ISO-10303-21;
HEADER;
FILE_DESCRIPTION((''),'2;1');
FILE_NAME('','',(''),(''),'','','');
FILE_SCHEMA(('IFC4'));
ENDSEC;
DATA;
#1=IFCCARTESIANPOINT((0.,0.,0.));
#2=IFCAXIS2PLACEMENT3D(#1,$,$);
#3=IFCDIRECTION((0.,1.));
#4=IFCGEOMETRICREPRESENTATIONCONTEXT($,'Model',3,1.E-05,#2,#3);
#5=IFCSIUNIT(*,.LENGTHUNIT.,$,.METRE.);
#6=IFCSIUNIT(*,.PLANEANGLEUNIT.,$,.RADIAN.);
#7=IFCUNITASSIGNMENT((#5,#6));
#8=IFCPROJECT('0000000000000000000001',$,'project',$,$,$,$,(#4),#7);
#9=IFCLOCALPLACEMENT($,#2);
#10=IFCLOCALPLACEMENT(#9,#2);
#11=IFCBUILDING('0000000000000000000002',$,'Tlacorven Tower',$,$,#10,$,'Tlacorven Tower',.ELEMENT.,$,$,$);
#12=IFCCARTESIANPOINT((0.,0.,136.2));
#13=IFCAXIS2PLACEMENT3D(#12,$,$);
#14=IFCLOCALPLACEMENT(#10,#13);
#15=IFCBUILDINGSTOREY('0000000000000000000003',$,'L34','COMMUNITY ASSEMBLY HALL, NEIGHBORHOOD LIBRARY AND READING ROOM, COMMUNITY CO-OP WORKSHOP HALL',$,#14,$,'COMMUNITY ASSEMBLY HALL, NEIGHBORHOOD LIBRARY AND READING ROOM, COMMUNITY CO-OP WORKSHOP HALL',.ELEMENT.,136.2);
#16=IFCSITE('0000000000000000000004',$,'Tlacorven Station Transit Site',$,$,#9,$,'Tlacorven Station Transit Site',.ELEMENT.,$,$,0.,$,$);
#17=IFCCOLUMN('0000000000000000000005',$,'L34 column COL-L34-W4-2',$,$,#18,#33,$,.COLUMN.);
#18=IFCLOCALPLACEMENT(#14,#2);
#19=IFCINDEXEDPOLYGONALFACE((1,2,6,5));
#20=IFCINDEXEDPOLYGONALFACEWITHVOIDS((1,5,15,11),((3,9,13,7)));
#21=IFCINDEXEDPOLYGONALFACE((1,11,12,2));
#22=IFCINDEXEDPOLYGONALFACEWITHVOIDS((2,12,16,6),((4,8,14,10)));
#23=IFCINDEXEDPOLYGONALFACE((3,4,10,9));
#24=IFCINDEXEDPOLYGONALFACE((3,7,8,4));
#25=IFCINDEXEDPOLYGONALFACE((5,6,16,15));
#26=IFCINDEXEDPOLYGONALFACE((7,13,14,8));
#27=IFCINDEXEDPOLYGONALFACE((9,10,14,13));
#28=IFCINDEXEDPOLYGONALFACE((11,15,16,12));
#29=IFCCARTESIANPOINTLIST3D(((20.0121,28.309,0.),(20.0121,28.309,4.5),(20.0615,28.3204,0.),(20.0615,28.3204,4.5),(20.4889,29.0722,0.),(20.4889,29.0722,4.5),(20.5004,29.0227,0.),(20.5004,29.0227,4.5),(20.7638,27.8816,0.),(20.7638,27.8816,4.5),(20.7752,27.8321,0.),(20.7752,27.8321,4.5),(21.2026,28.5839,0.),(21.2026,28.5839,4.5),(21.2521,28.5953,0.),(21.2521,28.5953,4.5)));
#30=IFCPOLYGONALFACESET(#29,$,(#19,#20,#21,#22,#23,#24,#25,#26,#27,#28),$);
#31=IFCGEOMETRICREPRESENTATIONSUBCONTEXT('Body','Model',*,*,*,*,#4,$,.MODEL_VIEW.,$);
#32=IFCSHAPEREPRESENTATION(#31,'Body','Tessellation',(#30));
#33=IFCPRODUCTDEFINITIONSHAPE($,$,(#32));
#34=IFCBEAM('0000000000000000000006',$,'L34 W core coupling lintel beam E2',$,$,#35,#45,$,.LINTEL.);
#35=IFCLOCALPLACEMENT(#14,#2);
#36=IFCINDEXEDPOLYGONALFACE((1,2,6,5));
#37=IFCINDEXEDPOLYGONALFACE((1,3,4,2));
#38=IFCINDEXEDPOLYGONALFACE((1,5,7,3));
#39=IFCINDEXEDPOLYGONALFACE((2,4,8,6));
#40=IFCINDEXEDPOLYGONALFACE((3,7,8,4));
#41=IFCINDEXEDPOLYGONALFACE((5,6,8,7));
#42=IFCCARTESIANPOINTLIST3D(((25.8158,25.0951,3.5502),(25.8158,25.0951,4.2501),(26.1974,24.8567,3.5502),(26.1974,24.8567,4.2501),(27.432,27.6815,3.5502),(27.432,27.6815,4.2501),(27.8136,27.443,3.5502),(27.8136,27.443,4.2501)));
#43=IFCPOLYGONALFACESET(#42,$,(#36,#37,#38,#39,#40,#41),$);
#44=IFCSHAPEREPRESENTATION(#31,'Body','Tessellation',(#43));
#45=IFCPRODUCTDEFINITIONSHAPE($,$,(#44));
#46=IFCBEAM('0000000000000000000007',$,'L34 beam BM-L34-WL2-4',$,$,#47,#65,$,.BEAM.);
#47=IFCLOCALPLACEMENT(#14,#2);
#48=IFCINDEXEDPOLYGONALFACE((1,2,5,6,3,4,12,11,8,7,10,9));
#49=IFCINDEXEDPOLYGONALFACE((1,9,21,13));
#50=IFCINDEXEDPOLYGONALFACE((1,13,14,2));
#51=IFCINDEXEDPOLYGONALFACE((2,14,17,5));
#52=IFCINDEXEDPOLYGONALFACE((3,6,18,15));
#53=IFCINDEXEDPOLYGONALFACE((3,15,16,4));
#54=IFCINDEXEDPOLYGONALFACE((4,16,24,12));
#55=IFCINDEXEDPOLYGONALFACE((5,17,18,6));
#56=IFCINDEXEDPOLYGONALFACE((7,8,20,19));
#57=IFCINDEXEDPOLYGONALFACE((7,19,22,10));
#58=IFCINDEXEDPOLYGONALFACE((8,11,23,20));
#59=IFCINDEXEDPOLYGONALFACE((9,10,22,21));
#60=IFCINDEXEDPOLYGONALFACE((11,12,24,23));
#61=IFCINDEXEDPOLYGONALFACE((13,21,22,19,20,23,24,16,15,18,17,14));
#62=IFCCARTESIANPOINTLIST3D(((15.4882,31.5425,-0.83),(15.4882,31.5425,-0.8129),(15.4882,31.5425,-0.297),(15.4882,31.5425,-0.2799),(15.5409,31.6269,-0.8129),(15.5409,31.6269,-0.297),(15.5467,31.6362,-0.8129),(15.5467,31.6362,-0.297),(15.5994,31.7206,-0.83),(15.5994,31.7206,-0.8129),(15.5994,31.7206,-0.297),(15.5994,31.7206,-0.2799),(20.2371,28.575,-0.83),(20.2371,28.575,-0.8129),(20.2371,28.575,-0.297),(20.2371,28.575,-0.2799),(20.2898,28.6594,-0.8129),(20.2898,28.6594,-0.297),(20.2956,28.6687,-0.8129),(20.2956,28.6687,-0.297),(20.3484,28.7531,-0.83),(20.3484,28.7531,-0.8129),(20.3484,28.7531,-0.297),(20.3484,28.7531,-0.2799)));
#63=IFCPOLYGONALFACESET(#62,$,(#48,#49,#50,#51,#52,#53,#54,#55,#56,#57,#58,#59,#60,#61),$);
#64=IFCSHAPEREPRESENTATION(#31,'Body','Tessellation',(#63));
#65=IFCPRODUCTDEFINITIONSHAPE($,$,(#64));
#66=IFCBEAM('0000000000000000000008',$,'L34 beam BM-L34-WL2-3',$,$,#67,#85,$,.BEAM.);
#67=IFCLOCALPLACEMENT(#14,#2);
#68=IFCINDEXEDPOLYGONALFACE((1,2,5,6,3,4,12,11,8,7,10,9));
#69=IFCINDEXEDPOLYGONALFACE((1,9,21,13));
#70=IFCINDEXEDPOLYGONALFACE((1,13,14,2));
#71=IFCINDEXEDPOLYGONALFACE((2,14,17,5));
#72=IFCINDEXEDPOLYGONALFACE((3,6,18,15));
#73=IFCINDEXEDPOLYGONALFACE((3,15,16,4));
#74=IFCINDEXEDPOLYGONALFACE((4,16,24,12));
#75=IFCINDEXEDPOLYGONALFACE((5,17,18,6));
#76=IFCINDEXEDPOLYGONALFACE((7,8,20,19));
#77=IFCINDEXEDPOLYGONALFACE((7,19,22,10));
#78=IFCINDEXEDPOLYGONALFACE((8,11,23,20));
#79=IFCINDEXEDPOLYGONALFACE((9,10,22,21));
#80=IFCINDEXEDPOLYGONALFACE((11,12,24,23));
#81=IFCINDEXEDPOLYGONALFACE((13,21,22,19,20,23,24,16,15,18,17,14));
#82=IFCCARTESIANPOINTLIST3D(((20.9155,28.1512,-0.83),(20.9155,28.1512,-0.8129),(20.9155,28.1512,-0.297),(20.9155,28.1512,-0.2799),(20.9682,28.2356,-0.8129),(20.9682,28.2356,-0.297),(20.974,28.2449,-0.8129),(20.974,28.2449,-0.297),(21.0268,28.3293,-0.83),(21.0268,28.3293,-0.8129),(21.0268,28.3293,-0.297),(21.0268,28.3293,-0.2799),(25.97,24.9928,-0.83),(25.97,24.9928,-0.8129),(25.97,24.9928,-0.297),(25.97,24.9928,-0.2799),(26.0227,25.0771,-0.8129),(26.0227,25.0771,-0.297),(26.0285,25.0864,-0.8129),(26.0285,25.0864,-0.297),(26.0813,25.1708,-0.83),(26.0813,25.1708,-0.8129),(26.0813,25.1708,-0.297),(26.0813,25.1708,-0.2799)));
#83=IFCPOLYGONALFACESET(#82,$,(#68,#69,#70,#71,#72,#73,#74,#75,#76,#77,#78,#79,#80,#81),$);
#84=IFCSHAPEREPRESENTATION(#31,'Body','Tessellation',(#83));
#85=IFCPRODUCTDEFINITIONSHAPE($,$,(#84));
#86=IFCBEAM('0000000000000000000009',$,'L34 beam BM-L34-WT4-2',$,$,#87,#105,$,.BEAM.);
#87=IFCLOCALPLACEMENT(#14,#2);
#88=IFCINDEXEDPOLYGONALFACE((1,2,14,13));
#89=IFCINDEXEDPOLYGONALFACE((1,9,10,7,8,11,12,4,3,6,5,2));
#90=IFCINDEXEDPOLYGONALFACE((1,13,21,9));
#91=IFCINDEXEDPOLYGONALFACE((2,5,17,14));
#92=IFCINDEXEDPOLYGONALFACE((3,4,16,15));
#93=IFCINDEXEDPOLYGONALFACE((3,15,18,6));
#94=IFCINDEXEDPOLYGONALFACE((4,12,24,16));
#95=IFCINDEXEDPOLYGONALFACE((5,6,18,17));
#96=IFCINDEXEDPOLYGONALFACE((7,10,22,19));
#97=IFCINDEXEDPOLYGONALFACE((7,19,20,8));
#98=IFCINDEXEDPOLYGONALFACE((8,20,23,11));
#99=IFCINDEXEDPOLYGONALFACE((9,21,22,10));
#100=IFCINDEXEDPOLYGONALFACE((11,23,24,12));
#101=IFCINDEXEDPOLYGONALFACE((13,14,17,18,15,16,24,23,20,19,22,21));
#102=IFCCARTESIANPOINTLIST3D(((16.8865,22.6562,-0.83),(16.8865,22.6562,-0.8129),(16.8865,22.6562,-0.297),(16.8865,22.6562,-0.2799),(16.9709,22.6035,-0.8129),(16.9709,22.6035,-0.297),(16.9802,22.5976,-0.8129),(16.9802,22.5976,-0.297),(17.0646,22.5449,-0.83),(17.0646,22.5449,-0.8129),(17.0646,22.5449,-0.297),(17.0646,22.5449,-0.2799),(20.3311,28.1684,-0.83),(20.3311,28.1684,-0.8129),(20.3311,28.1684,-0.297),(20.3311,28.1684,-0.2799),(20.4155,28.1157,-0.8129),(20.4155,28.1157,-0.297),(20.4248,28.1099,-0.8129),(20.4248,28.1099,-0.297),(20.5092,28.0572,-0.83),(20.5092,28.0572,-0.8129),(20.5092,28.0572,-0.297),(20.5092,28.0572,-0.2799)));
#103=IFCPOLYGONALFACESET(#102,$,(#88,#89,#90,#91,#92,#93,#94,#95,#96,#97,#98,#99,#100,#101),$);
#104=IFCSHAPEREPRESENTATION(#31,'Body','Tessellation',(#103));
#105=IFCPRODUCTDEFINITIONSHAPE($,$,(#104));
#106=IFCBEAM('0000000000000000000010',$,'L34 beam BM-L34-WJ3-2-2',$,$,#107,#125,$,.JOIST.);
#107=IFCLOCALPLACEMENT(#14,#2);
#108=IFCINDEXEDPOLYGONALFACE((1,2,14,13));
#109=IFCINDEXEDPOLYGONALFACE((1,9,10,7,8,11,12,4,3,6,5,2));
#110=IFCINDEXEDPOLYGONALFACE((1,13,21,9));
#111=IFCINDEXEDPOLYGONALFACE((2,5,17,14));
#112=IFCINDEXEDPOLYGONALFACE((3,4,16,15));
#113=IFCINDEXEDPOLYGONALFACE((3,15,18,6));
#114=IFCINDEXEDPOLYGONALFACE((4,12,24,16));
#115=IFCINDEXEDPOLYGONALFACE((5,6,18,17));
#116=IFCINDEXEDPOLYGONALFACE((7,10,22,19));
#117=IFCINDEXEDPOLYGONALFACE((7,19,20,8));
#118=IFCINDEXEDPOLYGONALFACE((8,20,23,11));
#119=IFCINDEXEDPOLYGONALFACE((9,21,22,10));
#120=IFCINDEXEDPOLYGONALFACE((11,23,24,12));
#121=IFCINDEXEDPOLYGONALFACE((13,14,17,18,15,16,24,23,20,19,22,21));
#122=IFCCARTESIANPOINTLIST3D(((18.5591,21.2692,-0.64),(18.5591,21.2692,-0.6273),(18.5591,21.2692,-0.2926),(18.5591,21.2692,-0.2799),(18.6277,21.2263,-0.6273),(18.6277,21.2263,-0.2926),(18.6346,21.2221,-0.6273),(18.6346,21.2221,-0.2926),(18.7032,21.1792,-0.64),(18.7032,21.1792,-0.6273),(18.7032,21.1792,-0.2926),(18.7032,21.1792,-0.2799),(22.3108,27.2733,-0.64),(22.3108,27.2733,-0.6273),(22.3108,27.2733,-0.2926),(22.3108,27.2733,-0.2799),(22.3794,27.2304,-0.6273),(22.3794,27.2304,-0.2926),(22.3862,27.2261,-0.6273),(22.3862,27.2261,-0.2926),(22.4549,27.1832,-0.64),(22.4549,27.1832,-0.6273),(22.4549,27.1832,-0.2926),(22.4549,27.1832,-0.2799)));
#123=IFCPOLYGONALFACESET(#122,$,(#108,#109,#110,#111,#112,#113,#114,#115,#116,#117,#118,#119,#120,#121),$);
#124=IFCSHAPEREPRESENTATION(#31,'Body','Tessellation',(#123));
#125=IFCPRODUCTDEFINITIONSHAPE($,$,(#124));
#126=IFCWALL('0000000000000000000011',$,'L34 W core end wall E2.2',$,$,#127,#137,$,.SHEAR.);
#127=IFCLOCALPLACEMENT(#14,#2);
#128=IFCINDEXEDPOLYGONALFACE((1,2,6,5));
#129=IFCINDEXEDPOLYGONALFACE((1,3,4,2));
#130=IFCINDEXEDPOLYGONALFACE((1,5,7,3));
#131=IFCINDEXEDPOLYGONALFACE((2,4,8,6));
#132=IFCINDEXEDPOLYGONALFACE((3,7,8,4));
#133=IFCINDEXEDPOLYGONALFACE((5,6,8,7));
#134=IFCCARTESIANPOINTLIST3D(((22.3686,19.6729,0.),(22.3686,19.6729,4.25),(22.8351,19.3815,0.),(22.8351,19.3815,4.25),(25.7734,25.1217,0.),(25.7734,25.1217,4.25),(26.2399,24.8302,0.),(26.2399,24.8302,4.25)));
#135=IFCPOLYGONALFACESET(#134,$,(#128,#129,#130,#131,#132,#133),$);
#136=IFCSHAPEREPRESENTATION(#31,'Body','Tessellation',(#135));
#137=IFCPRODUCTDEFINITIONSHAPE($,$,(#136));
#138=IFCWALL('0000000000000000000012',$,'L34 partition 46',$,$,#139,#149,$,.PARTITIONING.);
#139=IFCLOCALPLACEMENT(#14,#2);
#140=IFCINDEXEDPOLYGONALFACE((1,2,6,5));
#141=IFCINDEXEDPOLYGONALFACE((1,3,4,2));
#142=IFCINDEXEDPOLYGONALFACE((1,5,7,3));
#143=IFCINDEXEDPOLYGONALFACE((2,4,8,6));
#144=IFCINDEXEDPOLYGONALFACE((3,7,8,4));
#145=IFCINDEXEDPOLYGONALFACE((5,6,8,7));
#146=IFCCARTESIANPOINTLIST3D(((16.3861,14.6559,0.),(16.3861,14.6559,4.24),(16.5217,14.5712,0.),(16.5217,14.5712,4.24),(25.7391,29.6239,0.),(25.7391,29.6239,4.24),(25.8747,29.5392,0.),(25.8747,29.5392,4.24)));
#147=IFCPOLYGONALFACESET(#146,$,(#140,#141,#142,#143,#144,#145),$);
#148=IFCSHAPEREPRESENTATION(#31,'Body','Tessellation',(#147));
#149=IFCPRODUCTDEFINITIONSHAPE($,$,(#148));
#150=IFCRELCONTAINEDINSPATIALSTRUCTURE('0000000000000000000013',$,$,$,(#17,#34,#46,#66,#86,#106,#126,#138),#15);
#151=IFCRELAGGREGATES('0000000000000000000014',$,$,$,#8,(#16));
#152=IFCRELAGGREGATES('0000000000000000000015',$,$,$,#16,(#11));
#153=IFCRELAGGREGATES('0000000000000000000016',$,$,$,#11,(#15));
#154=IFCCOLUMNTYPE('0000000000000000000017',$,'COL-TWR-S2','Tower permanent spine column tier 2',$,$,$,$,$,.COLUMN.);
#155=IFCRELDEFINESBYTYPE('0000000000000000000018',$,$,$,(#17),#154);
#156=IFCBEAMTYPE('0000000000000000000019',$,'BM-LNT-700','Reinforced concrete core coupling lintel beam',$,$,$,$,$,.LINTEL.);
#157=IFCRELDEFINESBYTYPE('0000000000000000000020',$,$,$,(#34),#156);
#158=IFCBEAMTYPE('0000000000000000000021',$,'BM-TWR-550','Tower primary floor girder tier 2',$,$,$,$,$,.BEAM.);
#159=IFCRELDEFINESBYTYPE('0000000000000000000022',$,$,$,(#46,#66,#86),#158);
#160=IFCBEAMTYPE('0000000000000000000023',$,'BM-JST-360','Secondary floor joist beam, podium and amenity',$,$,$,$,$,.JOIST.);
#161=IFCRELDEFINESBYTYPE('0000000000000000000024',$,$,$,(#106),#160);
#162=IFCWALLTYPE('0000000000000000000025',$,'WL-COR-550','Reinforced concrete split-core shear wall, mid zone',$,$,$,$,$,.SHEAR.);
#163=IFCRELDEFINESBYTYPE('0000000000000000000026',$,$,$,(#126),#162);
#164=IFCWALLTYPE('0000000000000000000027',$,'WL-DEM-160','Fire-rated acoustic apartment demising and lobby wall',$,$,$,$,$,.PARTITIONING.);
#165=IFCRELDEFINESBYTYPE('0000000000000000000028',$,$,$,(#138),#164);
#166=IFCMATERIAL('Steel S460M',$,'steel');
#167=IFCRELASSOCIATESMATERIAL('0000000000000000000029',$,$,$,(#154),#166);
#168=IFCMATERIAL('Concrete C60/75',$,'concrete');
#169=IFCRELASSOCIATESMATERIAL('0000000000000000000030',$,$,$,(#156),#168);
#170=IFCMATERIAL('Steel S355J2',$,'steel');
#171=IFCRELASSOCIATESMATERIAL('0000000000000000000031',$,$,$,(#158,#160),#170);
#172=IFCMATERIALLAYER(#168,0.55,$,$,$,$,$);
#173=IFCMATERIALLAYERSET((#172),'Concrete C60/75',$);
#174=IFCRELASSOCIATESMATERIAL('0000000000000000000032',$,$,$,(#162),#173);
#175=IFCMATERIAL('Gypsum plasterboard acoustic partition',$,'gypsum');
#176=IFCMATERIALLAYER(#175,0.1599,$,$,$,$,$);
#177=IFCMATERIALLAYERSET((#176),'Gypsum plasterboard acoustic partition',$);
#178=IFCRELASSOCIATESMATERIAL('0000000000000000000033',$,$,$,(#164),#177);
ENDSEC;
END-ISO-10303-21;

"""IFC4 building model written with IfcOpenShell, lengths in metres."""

from ifc_helpers import new_model, si_unit, direction, frame, frame_2d, origin, origin_2d, place, context, subcontext, project, spatial, rectangle, hollow_rectangle, i_section, extrude, source, transform, mapped, material, layer, layer_set, material_profile, profile_set, type_object, element, save


model = new_model("IFC4")

# Units and contexts
model_context = context("Model", 3, precision=1e-05, world=origin(), true_north=direction((0.0, 1.0)))
body_context = subcontext(model_context, "Body", "Model", "MODEL_VIEW")
ifc_project = project(units=[si_unit("LENGTHUNIT", "METRE"), si_unit("PLANEANGLEUNIT", "RADIAN")], contexts=[model_context])

# Site, building, storey
site_placement = place(None, origin())
site = spatial("IfcSite", under=ifc_project, at=site_placement, Name="Tlacorven Station Transit Site", LongName="Tlacorven Station Transit Site", CompositionType="ELEMENT", RefElevation=0.0)
building_placement = place(site_placement, origin())
building = spatial("IfcBuilding", under=site, at=building_placement, Name="Tlacorven Tower", LongName="Tlacorven Tower", CompositionType="ELEMENT")
storey_placement = place(building_placement, frame((0.0, 0.0, 136.2)))
storey = spatial("IfcBuildingStorey", under=building, at=storey_placement, Name="L34", Description="COMMUNITY ASSEMBLY HALL, NEIGHBORHOOD LIBRARY AND READING ROOM, COMMUNITY CO-OP WORKSHOP HALL", LongName="COMMUNITY ASSEMBLY HALL, NEIGHBORHOOD LIBRARY AND READING ROOM, COMMUNITY CO-OP WORKSHOP HALL", CompositionType="ELEMENT", Elevation=136.2)

# Column
ifc_material_1 = material(Name="Steel S460M", Category="steel")
ifc_material_profile_1 = material_profile(ifc_material_1, hollow_rectangle(XDim=0.8999, YDim=0.8999, WallThickness=0.0359, at=origin_2d()), Name="BOX 900X900X36")
ifc_profile_set_1 = profile_set([ifc_material_profile_1], Name="Steel S460M")
column_type = type_object("IfcColumnType", Name="COL-TWR-S2", Description="Tower permanent spine column tier 2", PredefinedType="COLUMN", material=ifc_profile_set_1)
shared_shape_1 = source(origin(), body_context, "Body", "SweptSolid", [
    extrude(hollow_rectangle(XDim=0.8999, YDim=0.8999, WallThickness=0.0359, at=origin_2d()), origin(), (0.0, 0.0, 1.0), 4.5),
])
column_placement = place(storey_placement, frame((20.6321, 28.4521, 0.0), z_axis=(0.0, 0.0, 1.0), x_axis=(-0.848048, 0.529919, 0.0)))
element("IfcColumn", 1, at=column_placement, inside=storey, type_object=column_type, Name="L34 column COL-L34-W4-2", PredefinedType="COLUMN", context=body_context, shape_type="MappedRepresentation", body=[
    mapped(shared_shape_1, transform((0.0, 0.0, 0.0), scale=1.0)),
])

# Beams
ifc_material_2 = material(Name="Concrete C60/75", Category="concrete")
ifc_material_profile_2 = material_profile(ifc_material_2, rectangle(XDim=0.45, YDim=0.7, at=origin_2d()), Name="RC 450X700")
ifc_profile_set_2 = profile_set([ifc_material_profile_2], Name="Concrete C60/75")
beam_type_1 = type_object("IfcBeamType", Name="BM-LNT-700", Description="Reinforced concrete core coupling lintel beam", PredefinedType="LINTEL", material=ifc_profile_set_2)
shared_shape_2 = source(origin(), body_context, "Body", "SweptSolid", [
    extrude(rectangle(XDim=0.45, YDim=0.7, at=origin_2d()), origin(), (0.0, 0.0, 1.0), 3.0498),
])
beam_1_placement = place(storey_placement, frame((27.6228, 27.5623, 3.9001), z_axis=(-0.529927, -0.848043, 0.0), x_axis=(0.848043, -0.529927, 0.0)))
element("IfcBeam", 2, at=beam_1_placement, inside=storey, type_object=beam_type_1, Name="L34 W core coupling lintel beam E2", PredefinedType="LINTEL", context=body_context, shape_type="MappedRepresentation", body=[
    mapped(shared_shape_2, transform((0.0, 0.0, 0.0), scale=1.0)),
])
ifc_material_3 = material(Name="Steel S355J2", Category="steel")
ifc_material_profile_3 = material_profile(ifc_material_3, i_section(OverallWidth=0.21, OverallDepth=0.55, WebThickness=0.011, FlangeThickness=0.0171, at=origin_2d()), Name="IPE 550")
ifc_profile_set_3 = profile_set([ifc_material_profile_3], Name="Steel S355J2")
beam_type_2 = type_object("IfcBeamType", Name="BM-TWR-550", Description="Tower primary floor girder tier 2", PredefinedType="BEAM", material=ifc_profile_set_3)
shared_shape_3 = source(origin(), body_context, "Body", "SweptSolid", [
    extrude(i_section(OverallWidth=0.21, OverallDepth=0.55, WebThickness=0.011, FlangeThickness=0.0171, at=origin_2d()), origin(), (0.0, 0.0, 1.0), 5.5999),
])
beam_2_placement = place(storey_placement, frame((20.2927, 28.6641, -0.5549), z_axis=(-0.848047, 0.529921, 0.0), x_axis=(-0.529921, -0.848047, 0.0)))
element("IfcBeam", 3, at=beam_2_placement, inside=storey, type_object=beam_type_2, Name="L34 beam BM-L34-WL2-4", PredefinedType="BEAM", context=body_context, shape_type="MappedRepresentation", body=[
    mapped(shared_shape_3, transform((0.0, 0.0, 0.0), scale=1.0)),
])
shared_shape_4 = source(origin(), body_context, "Body", "SweptSolid", [
    extrude(i_section(OverallWidth=0.21, OverallDepth=0.55, WebThickness=0.011, FlangeThickness=0.0171, at=origin_2d()), origin(), (0.0, 0.0, 1.0), 5.9602),
])
beam_3_placement = place(storey_placement, frame((26.0256, 25.0818, -0.5549), z_axis=(-0.848042, 0.529929, 0.0), x_axis=(-0.529929, -0.848042, 0.0)))
element("IfcBeam", 4, at=beam_3_placement, inside=storey, type_object=beam_type_2, Name="L34 beam BM-L34-WL2-3", PredefinedType="BEAM", context=body_context, shape_type="MappedRepresentation", body=[
    mapped(shared_shape_4, transform((0.0, 0.0, 0.0), scale=1.0)),
])
shared_shape_5 = source(origin(), body_context, "Body", "SweptSolid", [
    extrude(i_section(OverallWidth=0.21, OverallDepth=0.55, WebThickness=0.011, FlangeThickness=0.0171, at=origin_2d()), origin(), (0.0, 0.0, 1.0), 6.5),
])
beam_4_placement = place(storey_placement, frame((20.4202, 28.1128, -0.5549), z_axis=(-0.529938, -0.848036, 0.0), x_axis=(0.848036, -0.529938, 0.0)))
element("IfcBeam", 5, at=beam_4_placement, inside=storey, type_object=beam_type_2, Name="L34 beam BM-L34-WT4-2", PredefinedType="BEAM", context=body_context, shape_type="MappedRepresentation", body=[
    mapped(shared_shape_5, transform((0.0, 0.0, 0.0), scale=1.0)),
])
ifc_material_profile_4 = material_profile(ifc_material_3, i_section(OverallWidth=0.1699, OverallDepth=0.3601, WebThickness=0.0081, FlangeThickness=0.0127, at=origin_2d()), Name="IPE 360")
ifc_profile_set_4 = profile_set([ifc_material_profile_4], Name="Steel S355J2")
beam_type_3 = type_object("IfcBeamType", Name="BM-JST-360", Description="Secondary floor joist beam, podium and amenity", PredefinedType="JOIST", material=ifc_profile_set_4)
shared_shape_6 = source(origin(), body_context, "Body", "SweptSolid", [
    extrude(i_section(OverallWidth=0.1699, OverallDepth=0.3601, WebThickness=0.0081, FlangeThickness=0.0127, at=origin_2d()), origin(), (0.0, 0.0, 1.0), 7.0798),
])
beam_5_placement = place(storey_placement, frame((22.3828, 27.2283, -0.46), z_axis=(-0.529909, -0.848054, 0.0), x_axis=(0.848054, -0.529909, 0.0)))
element("IfcBeam", 6, at=beam_5_placement, inside=storey, type_object=beam_type_3, Name="L34 beam BM-L34-WJ3-2-2", PredefinedType="JOIST", context=body_context, shape_type="MappedRepresentation", body=[
    mapped(shared_shape_6, transform((0.0, 0.0, 0.0), scale=1.0)),
])

# Walls
ifc_layer_1 = layer(ifc_material_2, 0.55)
ifc_layer_set_1 = layer_set([ifc_layer_1], Name="Concrete C60/75")
wall_type_1 = type_object("IfcWallType", Name="WL-COR-550", Description="Reinforced concrete split-core shear wall, mid zone", PredefinedType="SHEAR", material=ifc_layer_set_1)
wall_1_placement = place(storey_placement, frame((26.0066, 24.9758, 0.0), z_axis=(0.0, 0.0, 1.0), x_axis=(-0.529924, -0.848045, 0.0)))
element("IfcWall", 7, at=wall_1_placement, inside=storey, type_object=wall_type_1, Name="L34 W core end wall E2.2", PredefinedType="SHEAR", context=body_context, shape_type="SweptSolid", body=[
    extrude(rectangle(XDim=6.425, YDim=0.55, at=frame_2d((3.2124, 0.0))), origin(), (0.0, 0.0, 1.0), 4.25),
])
ifc_material_4 = material(Name="Gypsum plasterboard acoustic partition", Category="gypsum")
ifc_layer_2 = layer(ifc_material_4, 0.1599)
ifc_layer_set_2 = layer_set([ifc_layer_2], Name="Gypsum plasterboard acoustic partition")
wall_type_2 = type_object("IfcWallType", Name="WL-DEM-160", Description="Fire-rated acoustic apartment demising and lobby wall", PredefinedType="PARTITIONING", material=ifc_layer_set_2)
wall_2_placement = place(storey_placement, frame((25.8069, 29.5815, 0.0), z_axis=(0.0, 0.0, 1.0), x_axis=(-0.529918, -0.848049, 0.0)))
element("IfcWall", 8, at=wall_2_placement, inside=storey, type_object=wall_type_2, Name="L34 partition 46", PredefinedType="PARTITIONING", context=body_context, shape_type="SweptSolid", body=[
    extrude(rectangle(XDim=17.6499, YDim=0.1599, at=frame_2d((8.825, 0.0))), origin(), (0.0, 0.0, 1.0), 4.24),
])

save(model, "model.ifc")
